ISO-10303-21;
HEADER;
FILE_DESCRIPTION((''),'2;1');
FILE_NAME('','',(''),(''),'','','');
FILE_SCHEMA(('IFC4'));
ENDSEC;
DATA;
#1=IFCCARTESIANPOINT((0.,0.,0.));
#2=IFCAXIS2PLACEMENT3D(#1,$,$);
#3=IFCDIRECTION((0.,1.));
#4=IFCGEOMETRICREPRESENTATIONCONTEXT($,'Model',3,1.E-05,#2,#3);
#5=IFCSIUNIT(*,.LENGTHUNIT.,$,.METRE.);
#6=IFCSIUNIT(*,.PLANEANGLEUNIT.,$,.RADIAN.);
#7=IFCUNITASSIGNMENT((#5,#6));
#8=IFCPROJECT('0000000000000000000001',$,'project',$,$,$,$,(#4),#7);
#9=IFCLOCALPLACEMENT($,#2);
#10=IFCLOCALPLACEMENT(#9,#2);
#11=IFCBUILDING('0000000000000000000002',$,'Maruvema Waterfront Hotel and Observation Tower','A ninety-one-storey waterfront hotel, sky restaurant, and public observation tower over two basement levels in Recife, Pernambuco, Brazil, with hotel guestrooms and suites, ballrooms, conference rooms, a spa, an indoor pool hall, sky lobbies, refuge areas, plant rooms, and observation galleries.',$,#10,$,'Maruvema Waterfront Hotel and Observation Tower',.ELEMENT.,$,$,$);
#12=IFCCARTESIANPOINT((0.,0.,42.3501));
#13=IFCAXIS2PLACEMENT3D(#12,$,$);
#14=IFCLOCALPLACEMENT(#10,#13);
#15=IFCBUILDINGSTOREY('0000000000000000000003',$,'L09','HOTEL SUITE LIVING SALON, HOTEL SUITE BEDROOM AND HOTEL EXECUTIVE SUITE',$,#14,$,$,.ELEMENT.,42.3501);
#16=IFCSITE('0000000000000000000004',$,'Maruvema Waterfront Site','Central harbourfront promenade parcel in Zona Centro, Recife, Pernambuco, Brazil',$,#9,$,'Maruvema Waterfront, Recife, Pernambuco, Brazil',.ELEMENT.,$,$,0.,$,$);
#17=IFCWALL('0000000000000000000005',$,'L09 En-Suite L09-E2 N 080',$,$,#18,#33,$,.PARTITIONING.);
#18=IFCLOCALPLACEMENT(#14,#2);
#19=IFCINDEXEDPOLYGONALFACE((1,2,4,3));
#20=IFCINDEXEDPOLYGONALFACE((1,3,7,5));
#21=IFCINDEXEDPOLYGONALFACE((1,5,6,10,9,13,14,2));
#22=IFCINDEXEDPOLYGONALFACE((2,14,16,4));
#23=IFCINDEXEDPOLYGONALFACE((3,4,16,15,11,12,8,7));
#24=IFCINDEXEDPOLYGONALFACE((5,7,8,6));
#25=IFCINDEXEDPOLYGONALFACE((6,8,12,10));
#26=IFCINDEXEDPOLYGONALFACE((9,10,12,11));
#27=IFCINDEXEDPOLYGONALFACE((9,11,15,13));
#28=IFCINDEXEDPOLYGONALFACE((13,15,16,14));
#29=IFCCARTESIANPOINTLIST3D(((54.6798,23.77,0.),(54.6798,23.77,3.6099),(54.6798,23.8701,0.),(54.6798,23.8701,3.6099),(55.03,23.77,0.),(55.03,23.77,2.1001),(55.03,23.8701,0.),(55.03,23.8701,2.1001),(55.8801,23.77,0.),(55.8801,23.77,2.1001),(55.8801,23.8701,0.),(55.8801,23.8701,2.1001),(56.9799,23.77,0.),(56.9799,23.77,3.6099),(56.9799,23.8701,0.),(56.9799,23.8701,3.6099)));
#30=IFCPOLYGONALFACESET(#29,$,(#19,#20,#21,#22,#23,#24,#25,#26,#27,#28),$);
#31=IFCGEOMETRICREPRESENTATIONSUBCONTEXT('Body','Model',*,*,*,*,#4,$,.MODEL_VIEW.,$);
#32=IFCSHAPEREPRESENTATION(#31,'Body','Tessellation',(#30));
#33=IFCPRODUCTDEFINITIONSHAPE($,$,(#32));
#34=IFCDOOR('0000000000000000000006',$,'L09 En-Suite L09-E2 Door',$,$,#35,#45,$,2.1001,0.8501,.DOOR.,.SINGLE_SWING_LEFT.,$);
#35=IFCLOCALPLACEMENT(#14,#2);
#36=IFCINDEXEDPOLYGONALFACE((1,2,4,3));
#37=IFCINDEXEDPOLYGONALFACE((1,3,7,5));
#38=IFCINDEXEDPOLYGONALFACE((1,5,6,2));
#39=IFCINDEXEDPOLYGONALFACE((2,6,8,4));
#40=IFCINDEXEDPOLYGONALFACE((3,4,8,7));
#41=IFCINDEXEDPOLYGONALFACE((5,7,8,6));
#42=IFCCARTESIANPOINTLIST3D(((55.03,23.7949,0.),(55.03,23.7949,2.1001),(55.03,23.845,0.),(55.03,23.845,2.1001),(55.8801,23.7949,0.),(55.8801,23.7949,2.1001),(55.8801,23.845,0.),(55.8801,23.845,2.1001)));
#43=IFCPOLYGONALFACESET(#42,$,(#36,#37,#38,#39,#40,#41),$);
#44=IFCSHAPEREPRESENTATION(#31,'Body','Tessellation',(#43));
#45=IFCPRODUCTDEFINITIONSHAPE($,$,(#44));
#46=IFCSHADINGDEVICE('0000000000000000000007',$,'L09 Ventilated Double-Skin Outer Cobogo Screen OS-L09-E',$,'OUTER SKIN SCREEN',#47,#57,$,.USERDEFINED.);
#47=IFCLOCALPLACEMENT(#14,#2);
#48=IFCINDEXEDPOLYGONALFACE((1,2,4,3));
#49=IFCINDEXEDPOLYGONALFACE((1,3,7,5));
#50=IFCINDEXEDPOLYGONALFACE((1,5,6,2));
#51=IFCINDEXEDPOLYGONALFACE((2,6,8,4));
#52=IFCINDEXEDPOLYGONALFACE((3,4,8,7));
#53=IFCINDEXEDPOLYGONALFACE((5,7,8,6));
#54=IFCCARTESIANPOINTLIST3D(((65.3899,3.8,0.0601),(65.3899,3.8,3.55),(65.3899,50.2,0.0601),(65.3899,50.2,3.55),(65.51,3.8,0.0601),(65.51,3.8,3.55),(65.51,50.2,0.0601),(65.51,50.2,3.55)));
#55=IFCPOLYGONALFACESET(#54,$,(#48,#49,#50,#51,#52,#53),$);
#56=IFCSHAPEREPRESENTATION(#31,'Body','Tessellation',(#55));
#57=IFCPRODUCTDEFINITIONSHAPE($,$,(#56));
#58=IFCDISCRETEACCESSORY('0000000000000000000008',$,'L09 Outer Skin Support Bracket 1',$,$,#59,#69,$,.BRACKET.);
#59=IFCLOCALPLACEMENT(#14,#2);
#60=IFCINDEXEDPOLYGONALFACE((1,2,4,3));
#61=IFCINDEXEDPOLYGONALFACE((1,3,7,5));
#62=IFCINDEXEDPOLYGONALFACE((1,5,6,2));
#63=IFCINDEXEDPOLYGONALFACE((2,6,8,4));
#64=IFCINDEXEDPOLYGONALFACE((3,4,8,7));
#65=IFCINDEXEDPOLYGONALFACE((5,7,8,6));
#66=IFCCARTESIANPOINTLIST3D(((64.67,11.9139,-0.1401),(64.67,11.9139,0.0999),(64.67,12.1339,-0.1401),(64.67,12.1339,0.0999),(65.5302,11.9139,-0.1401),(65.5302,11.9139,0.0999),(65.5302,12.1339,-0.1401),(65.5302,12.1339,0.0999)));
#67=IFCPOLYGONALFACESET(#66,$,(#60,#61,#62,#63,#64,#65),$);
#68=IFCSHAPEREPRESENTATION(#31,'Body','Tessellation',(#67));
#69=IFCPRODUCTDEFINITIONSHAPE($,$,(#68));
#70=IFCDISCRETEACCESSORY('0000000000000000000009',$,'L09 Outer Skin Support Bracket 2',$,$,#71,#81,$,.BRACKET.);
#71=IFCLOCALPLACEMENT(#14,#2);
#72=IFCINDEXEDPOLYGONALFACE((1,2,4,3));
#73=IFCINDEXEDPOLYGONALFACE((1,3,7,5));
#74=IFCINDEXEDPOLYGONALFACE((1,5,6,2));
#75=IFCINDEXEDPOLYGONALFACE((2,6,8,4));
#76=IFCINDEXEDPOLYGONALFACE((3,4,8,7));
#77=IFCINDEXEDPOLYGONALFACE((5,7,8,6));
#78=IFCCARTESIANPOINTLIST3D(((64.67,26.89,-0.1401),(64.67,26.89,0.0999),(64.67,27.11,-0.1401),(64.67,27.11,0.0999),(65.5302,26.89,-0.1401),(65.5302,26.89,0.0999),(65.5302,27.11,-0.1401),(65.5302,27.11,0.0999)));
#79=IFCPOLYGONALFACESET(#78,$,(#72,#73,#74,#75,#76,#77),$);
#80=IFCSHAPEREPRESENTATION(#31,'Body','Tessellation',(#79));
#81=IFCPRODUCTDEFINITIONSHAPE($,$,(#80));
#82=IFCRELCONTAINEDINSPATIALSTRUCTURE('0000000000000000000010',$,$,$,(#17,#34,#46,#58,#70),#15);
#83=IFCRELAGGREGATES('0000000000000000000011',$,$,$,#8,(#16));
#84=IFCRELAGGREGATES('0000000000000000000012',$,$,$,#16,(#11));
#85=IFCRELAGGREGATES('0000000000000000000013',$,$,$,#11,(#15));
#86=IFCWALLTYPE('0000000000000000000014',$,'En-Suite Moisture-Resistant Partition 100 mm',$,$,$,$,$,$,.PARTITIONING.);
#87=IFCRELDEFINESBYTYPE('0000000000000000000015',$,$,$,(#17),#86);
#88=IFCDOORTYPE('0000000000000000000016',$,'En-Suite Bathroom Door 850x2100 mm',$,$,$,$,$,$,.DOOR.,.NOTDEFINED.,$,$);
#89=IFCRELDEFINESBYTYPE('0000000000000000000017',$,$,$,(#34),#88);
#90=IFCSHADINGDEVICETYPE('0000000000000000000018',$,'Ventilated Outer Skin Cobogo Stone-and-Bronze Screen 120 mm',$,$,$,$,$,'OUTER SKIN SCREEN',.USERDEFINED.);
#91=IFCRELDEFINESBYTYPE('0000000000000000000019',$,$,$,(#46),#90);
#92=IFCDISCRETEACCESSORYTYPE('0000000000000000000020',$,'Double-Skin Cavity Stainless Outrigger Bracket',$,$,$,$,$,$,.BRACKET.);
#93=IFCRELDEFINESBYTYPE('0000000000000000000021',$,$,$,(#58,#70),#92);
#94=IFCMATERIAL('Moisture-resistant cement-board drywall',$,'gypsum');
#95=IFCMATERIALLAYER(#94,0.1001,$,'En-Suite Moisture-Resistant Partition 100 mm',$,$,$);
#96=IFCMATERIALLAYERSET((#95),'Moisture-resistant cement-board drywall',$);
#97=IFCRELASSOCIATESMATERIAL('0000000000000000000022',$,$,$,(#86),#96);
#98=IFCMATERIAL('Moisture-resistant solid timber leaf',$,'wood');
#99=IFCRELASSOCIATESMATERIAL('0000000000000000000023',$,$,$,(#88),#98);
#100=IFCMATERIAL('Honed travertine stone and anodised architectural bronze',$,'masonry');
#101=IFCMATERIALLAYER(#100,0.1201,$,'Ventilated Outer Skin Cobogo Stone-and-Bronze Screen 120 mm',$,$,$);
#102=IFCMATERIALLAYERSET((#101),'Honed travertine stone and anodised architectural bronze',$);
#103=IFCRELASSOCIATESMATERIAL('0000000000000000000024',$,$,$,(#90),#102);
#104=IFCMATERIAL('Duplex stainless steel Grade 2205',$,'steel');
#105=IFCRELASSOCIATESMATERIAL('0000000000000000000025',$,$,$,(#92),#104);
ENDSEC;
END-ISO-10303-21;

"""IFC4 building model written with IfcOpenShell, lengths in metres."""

from ifc_helpers import new_model, si_unit, direction, frame, frame_2d, origin, origin_2d, place, context, subcontext, project, spatial, rectangle, extrude, material, layer, layer_set, type_object, element, fill, save


model = new_model("IFC4")

# Units and contexts
model_context = context("Model", 3, precision=1e-05, world=origin(), true_north=direction((0.0, 1.0)))
body_context = subcontext(model_context, "Body", "Model", "MODEL_VIEW")
ifc_project = project(units=[si_unit("LENGTHUNIT", "METRE"), si_unit("PLANEANGLEUNIT", "RADIAN")], contexts=[model_context])

# Site, building, storey
site_placement = place(None, origin())
site = spatial("IfcSite", under=ifc_project, at=site_placement, Name="Maruvema Waterfront Site", Description="Central harbourfront promenade parcel in Zona Centro, Recife, Pernambuco, Brazil", LongName="Maruvema Waterfront, Recife, Pernambuco, Brazil", CompositionType="ELEMENT", RefElevation=0.0)
building_placement = place(site_placement, origin())
building = spatial("IfcBuilding", under=site, at=building_placement, Name="Maruvema Waterfront Hotel and Observation Tower", Description="A ninety-one-storey waterfront hotel, sky restaurant, and public observation tower over two basement levels in Recife, Pernambuco, Brazil, with hotel guestrooms and suites, ballrooms, conference rooms, a spa, an indoor pool hall, sky lobbies, refuge areas, plant rooms, and observation galleries.", LongName="Maruvema Waterfront Hotel and Observation Tower", CompositionType="ELEMENT")
storey_placement = place(building_placement, frame((0.0, 0.0, 42.3501)))
storey = spatial("IfcBuildingStorey", under=building, at=storey_placement, Name="L09", Description="HOTEL SUITE LIVING SALON, HOTEL SUITE BEDROOM AND HOTEL EXECUTIVE SUITE", CompositionType="ELEMENT", Elevation=42.3501)

# Shared definitions
ifc_material_1 = material(Name="Moisture-resistant cement-board drywall", Category="gypsum")
ifc_layer_1 = layer(ifc_material_1, 0.1001, Name="En-Suite Moisture-Resistant Partition 100 mm")
ifc_layer_set_1 = layer_set([ifc_layer_1], Name="Moisture-resistant cement-board drywall")
wall_type = type_object("IfcWallType", Name="En-Suite Moisture-Resistant Partition 100 mm", PredefinedType="PARTITIONING", material=ifc_layer_set_1)

# Shared definitions
ifc_material_2 = material(Name="Moisture-resistant solid timber leaf", Category="wood")
door_type = type_object("IfcDoorType", Name="En-Suite Bathroom Door 850x2100 mm", OperationType="NOTDEFINED", PredefinedType="DOOR", material=ifc_material_2)

# Wall, opening, door
wall_1_placement = place(storey_placement, frame((54.6799, 23.8201, 0.0), z_axis=(0.0, 0.0, 1.0), x_axis=(1.0, 0.0, 0.0)))
wall_1 = element("IfcWall", 1, at=wall_1_placement, inside=storey, type_object=wall_type, Name="L09 En-Suite L09-E2 N 080", PredefinedType="PARTITIONING", context=body_context, shape_type="SweptSolid", body=[
    extrude(rectangle(XDim=2.3, YDim=0.1001, at=frame_2d((1.1499, 0.0))), origin(), (0.0, 0.0, 1.0), 3.6099),
])
opening_1_placement = place(wall_1_placement, frame((0.3501, 0.0, 0.0)))
opening_1 = element("IfcOpeningElement", 2, at=opening_1_placement, cuts=wall_1, PredefinedType="OPENING", context=body_context, shape_type="SweptSolid", body=[
    extrude(rectangle(XDim=0.8501, YDim=2.1001, at=frame_2d((0.425, 1.05))), frame((0.0, 0.0601, 0.0), z_axis=(0.0, -1.0, 0.0), x_axis=(1.0, 0.0, 0.0)), (0.0, 0.0, 1.0), 0.1201),
])
door_1_placement = place(opening_1_placement, origin())
door_1 = element("IfcDoor", 3, at=door_1_placement, inside=storey, type_object=door_type, Name="L09 En-Suite L09-E2 Door", OperationType="SINGLE_SWING_LEFT", OverallHeight=2.1001, OverallWidth=0.8501, PredefinedType="DOOR", context=body_context, shape_type="SweptSolid", body=[
    extrude(rectangle(XDim=0.8501, YDim=2.1001, at=frame_2d((0.425, 1.05))), frame((0.0, 0.0249, 0.0), z_axis=(0.0, -1.0, 0.0), x_axis=(1.0, 0.0, 0.0)), (0.0, 0.0, 1.0), 0.05),
])
fill(opening_1, door_1)

# Shading device
ifc_material_3 = material(Name="Honed travertine stone and anodised architectural bronze", Category="masonry")
ifc_layer_2 = layer(ifc_material_3, 0.1201, Name="Ventilated Outer Skin Cobogo Stone-and-Bronze Screen 120 mm")
ifc_layer_set_2 = layer_set([ifc_layer_2], Name="Honed travertine stone and anodised architectural bronze")
shading_device_type = type_object("IfcShadingDeviceType", Name="Ventilated Outer Skin Cobogo Stone-and-Bronze Screen 120 mm", ElementType="OUTER SKIN SCREEN", PredefinedType="USERDEFINED", material=ifc_layer_set_2)
shading_device_placement = place(storey_placement, frame((65.45, 27.0, 0.0601), z_axis=(0.0, 0.0, 1.0), x_axis=(0.0, 1.0, 0.0)))
element("IfcShadingDevice", 4, at=shading_device_placement, inside=storey, type_object=shading_device_type, Name="L09 Ventilated Double-Skin Outer Cobogo Screen OS-L09-E", ObjectType="OUTER SKIN SCREEN", PredefinedType="USERDEFINED", context=body_context, shape_type="SweptSolid", body=[
    extrude(rectangle(XDim=46.3999, YDim=0.1201, at=origin_2d()), origin(), (0.0, 0.0, 1.0), 3.49),
])

# Discrete accessories
ifc_material_4 = material(Name="Duplex stainless steel Grade 2205", Category="steel")
discrete_accessory_type = type_object("IfcDiscreteAccessoryType", Name="Double-Skin Cavity Stainless Outrigger Bracket", PredefinedType="BRACKET", material=ifc_material_4)
for number, where, z_axis, x_axis, name in (
    (5, (65.1001, 12.0239, -0.1401), (0.0, 0.0, 1.0), (0.0, 1.0, 0.0), "L09 Outer Skin Support Bracket 1"),
    (6, (65.1001, 27.0, -0.1401), (0.0, 0.0, 1.0), (0.0, 1.0, 0.0), "L09 Outer Skin Support Bracket 2"),
):
    element("IfcDiscreteAccessory", number, at=place(storey_placement, frame(where, z_axis=z_axis, x_axis=x_axis)), inside=storey, type_object=discrete_accessory_type, Name=name, PredefinedType="BRACKET", context=body_context, shape_type="SweptSolid", body=[
        extrude(rectangle(XDim=0.22, YDim=0.8601, at=origin_2d()), origin(), (0.0, 0.0, 1.0), 0.24),
    ])

save(model, "model.ifc")
